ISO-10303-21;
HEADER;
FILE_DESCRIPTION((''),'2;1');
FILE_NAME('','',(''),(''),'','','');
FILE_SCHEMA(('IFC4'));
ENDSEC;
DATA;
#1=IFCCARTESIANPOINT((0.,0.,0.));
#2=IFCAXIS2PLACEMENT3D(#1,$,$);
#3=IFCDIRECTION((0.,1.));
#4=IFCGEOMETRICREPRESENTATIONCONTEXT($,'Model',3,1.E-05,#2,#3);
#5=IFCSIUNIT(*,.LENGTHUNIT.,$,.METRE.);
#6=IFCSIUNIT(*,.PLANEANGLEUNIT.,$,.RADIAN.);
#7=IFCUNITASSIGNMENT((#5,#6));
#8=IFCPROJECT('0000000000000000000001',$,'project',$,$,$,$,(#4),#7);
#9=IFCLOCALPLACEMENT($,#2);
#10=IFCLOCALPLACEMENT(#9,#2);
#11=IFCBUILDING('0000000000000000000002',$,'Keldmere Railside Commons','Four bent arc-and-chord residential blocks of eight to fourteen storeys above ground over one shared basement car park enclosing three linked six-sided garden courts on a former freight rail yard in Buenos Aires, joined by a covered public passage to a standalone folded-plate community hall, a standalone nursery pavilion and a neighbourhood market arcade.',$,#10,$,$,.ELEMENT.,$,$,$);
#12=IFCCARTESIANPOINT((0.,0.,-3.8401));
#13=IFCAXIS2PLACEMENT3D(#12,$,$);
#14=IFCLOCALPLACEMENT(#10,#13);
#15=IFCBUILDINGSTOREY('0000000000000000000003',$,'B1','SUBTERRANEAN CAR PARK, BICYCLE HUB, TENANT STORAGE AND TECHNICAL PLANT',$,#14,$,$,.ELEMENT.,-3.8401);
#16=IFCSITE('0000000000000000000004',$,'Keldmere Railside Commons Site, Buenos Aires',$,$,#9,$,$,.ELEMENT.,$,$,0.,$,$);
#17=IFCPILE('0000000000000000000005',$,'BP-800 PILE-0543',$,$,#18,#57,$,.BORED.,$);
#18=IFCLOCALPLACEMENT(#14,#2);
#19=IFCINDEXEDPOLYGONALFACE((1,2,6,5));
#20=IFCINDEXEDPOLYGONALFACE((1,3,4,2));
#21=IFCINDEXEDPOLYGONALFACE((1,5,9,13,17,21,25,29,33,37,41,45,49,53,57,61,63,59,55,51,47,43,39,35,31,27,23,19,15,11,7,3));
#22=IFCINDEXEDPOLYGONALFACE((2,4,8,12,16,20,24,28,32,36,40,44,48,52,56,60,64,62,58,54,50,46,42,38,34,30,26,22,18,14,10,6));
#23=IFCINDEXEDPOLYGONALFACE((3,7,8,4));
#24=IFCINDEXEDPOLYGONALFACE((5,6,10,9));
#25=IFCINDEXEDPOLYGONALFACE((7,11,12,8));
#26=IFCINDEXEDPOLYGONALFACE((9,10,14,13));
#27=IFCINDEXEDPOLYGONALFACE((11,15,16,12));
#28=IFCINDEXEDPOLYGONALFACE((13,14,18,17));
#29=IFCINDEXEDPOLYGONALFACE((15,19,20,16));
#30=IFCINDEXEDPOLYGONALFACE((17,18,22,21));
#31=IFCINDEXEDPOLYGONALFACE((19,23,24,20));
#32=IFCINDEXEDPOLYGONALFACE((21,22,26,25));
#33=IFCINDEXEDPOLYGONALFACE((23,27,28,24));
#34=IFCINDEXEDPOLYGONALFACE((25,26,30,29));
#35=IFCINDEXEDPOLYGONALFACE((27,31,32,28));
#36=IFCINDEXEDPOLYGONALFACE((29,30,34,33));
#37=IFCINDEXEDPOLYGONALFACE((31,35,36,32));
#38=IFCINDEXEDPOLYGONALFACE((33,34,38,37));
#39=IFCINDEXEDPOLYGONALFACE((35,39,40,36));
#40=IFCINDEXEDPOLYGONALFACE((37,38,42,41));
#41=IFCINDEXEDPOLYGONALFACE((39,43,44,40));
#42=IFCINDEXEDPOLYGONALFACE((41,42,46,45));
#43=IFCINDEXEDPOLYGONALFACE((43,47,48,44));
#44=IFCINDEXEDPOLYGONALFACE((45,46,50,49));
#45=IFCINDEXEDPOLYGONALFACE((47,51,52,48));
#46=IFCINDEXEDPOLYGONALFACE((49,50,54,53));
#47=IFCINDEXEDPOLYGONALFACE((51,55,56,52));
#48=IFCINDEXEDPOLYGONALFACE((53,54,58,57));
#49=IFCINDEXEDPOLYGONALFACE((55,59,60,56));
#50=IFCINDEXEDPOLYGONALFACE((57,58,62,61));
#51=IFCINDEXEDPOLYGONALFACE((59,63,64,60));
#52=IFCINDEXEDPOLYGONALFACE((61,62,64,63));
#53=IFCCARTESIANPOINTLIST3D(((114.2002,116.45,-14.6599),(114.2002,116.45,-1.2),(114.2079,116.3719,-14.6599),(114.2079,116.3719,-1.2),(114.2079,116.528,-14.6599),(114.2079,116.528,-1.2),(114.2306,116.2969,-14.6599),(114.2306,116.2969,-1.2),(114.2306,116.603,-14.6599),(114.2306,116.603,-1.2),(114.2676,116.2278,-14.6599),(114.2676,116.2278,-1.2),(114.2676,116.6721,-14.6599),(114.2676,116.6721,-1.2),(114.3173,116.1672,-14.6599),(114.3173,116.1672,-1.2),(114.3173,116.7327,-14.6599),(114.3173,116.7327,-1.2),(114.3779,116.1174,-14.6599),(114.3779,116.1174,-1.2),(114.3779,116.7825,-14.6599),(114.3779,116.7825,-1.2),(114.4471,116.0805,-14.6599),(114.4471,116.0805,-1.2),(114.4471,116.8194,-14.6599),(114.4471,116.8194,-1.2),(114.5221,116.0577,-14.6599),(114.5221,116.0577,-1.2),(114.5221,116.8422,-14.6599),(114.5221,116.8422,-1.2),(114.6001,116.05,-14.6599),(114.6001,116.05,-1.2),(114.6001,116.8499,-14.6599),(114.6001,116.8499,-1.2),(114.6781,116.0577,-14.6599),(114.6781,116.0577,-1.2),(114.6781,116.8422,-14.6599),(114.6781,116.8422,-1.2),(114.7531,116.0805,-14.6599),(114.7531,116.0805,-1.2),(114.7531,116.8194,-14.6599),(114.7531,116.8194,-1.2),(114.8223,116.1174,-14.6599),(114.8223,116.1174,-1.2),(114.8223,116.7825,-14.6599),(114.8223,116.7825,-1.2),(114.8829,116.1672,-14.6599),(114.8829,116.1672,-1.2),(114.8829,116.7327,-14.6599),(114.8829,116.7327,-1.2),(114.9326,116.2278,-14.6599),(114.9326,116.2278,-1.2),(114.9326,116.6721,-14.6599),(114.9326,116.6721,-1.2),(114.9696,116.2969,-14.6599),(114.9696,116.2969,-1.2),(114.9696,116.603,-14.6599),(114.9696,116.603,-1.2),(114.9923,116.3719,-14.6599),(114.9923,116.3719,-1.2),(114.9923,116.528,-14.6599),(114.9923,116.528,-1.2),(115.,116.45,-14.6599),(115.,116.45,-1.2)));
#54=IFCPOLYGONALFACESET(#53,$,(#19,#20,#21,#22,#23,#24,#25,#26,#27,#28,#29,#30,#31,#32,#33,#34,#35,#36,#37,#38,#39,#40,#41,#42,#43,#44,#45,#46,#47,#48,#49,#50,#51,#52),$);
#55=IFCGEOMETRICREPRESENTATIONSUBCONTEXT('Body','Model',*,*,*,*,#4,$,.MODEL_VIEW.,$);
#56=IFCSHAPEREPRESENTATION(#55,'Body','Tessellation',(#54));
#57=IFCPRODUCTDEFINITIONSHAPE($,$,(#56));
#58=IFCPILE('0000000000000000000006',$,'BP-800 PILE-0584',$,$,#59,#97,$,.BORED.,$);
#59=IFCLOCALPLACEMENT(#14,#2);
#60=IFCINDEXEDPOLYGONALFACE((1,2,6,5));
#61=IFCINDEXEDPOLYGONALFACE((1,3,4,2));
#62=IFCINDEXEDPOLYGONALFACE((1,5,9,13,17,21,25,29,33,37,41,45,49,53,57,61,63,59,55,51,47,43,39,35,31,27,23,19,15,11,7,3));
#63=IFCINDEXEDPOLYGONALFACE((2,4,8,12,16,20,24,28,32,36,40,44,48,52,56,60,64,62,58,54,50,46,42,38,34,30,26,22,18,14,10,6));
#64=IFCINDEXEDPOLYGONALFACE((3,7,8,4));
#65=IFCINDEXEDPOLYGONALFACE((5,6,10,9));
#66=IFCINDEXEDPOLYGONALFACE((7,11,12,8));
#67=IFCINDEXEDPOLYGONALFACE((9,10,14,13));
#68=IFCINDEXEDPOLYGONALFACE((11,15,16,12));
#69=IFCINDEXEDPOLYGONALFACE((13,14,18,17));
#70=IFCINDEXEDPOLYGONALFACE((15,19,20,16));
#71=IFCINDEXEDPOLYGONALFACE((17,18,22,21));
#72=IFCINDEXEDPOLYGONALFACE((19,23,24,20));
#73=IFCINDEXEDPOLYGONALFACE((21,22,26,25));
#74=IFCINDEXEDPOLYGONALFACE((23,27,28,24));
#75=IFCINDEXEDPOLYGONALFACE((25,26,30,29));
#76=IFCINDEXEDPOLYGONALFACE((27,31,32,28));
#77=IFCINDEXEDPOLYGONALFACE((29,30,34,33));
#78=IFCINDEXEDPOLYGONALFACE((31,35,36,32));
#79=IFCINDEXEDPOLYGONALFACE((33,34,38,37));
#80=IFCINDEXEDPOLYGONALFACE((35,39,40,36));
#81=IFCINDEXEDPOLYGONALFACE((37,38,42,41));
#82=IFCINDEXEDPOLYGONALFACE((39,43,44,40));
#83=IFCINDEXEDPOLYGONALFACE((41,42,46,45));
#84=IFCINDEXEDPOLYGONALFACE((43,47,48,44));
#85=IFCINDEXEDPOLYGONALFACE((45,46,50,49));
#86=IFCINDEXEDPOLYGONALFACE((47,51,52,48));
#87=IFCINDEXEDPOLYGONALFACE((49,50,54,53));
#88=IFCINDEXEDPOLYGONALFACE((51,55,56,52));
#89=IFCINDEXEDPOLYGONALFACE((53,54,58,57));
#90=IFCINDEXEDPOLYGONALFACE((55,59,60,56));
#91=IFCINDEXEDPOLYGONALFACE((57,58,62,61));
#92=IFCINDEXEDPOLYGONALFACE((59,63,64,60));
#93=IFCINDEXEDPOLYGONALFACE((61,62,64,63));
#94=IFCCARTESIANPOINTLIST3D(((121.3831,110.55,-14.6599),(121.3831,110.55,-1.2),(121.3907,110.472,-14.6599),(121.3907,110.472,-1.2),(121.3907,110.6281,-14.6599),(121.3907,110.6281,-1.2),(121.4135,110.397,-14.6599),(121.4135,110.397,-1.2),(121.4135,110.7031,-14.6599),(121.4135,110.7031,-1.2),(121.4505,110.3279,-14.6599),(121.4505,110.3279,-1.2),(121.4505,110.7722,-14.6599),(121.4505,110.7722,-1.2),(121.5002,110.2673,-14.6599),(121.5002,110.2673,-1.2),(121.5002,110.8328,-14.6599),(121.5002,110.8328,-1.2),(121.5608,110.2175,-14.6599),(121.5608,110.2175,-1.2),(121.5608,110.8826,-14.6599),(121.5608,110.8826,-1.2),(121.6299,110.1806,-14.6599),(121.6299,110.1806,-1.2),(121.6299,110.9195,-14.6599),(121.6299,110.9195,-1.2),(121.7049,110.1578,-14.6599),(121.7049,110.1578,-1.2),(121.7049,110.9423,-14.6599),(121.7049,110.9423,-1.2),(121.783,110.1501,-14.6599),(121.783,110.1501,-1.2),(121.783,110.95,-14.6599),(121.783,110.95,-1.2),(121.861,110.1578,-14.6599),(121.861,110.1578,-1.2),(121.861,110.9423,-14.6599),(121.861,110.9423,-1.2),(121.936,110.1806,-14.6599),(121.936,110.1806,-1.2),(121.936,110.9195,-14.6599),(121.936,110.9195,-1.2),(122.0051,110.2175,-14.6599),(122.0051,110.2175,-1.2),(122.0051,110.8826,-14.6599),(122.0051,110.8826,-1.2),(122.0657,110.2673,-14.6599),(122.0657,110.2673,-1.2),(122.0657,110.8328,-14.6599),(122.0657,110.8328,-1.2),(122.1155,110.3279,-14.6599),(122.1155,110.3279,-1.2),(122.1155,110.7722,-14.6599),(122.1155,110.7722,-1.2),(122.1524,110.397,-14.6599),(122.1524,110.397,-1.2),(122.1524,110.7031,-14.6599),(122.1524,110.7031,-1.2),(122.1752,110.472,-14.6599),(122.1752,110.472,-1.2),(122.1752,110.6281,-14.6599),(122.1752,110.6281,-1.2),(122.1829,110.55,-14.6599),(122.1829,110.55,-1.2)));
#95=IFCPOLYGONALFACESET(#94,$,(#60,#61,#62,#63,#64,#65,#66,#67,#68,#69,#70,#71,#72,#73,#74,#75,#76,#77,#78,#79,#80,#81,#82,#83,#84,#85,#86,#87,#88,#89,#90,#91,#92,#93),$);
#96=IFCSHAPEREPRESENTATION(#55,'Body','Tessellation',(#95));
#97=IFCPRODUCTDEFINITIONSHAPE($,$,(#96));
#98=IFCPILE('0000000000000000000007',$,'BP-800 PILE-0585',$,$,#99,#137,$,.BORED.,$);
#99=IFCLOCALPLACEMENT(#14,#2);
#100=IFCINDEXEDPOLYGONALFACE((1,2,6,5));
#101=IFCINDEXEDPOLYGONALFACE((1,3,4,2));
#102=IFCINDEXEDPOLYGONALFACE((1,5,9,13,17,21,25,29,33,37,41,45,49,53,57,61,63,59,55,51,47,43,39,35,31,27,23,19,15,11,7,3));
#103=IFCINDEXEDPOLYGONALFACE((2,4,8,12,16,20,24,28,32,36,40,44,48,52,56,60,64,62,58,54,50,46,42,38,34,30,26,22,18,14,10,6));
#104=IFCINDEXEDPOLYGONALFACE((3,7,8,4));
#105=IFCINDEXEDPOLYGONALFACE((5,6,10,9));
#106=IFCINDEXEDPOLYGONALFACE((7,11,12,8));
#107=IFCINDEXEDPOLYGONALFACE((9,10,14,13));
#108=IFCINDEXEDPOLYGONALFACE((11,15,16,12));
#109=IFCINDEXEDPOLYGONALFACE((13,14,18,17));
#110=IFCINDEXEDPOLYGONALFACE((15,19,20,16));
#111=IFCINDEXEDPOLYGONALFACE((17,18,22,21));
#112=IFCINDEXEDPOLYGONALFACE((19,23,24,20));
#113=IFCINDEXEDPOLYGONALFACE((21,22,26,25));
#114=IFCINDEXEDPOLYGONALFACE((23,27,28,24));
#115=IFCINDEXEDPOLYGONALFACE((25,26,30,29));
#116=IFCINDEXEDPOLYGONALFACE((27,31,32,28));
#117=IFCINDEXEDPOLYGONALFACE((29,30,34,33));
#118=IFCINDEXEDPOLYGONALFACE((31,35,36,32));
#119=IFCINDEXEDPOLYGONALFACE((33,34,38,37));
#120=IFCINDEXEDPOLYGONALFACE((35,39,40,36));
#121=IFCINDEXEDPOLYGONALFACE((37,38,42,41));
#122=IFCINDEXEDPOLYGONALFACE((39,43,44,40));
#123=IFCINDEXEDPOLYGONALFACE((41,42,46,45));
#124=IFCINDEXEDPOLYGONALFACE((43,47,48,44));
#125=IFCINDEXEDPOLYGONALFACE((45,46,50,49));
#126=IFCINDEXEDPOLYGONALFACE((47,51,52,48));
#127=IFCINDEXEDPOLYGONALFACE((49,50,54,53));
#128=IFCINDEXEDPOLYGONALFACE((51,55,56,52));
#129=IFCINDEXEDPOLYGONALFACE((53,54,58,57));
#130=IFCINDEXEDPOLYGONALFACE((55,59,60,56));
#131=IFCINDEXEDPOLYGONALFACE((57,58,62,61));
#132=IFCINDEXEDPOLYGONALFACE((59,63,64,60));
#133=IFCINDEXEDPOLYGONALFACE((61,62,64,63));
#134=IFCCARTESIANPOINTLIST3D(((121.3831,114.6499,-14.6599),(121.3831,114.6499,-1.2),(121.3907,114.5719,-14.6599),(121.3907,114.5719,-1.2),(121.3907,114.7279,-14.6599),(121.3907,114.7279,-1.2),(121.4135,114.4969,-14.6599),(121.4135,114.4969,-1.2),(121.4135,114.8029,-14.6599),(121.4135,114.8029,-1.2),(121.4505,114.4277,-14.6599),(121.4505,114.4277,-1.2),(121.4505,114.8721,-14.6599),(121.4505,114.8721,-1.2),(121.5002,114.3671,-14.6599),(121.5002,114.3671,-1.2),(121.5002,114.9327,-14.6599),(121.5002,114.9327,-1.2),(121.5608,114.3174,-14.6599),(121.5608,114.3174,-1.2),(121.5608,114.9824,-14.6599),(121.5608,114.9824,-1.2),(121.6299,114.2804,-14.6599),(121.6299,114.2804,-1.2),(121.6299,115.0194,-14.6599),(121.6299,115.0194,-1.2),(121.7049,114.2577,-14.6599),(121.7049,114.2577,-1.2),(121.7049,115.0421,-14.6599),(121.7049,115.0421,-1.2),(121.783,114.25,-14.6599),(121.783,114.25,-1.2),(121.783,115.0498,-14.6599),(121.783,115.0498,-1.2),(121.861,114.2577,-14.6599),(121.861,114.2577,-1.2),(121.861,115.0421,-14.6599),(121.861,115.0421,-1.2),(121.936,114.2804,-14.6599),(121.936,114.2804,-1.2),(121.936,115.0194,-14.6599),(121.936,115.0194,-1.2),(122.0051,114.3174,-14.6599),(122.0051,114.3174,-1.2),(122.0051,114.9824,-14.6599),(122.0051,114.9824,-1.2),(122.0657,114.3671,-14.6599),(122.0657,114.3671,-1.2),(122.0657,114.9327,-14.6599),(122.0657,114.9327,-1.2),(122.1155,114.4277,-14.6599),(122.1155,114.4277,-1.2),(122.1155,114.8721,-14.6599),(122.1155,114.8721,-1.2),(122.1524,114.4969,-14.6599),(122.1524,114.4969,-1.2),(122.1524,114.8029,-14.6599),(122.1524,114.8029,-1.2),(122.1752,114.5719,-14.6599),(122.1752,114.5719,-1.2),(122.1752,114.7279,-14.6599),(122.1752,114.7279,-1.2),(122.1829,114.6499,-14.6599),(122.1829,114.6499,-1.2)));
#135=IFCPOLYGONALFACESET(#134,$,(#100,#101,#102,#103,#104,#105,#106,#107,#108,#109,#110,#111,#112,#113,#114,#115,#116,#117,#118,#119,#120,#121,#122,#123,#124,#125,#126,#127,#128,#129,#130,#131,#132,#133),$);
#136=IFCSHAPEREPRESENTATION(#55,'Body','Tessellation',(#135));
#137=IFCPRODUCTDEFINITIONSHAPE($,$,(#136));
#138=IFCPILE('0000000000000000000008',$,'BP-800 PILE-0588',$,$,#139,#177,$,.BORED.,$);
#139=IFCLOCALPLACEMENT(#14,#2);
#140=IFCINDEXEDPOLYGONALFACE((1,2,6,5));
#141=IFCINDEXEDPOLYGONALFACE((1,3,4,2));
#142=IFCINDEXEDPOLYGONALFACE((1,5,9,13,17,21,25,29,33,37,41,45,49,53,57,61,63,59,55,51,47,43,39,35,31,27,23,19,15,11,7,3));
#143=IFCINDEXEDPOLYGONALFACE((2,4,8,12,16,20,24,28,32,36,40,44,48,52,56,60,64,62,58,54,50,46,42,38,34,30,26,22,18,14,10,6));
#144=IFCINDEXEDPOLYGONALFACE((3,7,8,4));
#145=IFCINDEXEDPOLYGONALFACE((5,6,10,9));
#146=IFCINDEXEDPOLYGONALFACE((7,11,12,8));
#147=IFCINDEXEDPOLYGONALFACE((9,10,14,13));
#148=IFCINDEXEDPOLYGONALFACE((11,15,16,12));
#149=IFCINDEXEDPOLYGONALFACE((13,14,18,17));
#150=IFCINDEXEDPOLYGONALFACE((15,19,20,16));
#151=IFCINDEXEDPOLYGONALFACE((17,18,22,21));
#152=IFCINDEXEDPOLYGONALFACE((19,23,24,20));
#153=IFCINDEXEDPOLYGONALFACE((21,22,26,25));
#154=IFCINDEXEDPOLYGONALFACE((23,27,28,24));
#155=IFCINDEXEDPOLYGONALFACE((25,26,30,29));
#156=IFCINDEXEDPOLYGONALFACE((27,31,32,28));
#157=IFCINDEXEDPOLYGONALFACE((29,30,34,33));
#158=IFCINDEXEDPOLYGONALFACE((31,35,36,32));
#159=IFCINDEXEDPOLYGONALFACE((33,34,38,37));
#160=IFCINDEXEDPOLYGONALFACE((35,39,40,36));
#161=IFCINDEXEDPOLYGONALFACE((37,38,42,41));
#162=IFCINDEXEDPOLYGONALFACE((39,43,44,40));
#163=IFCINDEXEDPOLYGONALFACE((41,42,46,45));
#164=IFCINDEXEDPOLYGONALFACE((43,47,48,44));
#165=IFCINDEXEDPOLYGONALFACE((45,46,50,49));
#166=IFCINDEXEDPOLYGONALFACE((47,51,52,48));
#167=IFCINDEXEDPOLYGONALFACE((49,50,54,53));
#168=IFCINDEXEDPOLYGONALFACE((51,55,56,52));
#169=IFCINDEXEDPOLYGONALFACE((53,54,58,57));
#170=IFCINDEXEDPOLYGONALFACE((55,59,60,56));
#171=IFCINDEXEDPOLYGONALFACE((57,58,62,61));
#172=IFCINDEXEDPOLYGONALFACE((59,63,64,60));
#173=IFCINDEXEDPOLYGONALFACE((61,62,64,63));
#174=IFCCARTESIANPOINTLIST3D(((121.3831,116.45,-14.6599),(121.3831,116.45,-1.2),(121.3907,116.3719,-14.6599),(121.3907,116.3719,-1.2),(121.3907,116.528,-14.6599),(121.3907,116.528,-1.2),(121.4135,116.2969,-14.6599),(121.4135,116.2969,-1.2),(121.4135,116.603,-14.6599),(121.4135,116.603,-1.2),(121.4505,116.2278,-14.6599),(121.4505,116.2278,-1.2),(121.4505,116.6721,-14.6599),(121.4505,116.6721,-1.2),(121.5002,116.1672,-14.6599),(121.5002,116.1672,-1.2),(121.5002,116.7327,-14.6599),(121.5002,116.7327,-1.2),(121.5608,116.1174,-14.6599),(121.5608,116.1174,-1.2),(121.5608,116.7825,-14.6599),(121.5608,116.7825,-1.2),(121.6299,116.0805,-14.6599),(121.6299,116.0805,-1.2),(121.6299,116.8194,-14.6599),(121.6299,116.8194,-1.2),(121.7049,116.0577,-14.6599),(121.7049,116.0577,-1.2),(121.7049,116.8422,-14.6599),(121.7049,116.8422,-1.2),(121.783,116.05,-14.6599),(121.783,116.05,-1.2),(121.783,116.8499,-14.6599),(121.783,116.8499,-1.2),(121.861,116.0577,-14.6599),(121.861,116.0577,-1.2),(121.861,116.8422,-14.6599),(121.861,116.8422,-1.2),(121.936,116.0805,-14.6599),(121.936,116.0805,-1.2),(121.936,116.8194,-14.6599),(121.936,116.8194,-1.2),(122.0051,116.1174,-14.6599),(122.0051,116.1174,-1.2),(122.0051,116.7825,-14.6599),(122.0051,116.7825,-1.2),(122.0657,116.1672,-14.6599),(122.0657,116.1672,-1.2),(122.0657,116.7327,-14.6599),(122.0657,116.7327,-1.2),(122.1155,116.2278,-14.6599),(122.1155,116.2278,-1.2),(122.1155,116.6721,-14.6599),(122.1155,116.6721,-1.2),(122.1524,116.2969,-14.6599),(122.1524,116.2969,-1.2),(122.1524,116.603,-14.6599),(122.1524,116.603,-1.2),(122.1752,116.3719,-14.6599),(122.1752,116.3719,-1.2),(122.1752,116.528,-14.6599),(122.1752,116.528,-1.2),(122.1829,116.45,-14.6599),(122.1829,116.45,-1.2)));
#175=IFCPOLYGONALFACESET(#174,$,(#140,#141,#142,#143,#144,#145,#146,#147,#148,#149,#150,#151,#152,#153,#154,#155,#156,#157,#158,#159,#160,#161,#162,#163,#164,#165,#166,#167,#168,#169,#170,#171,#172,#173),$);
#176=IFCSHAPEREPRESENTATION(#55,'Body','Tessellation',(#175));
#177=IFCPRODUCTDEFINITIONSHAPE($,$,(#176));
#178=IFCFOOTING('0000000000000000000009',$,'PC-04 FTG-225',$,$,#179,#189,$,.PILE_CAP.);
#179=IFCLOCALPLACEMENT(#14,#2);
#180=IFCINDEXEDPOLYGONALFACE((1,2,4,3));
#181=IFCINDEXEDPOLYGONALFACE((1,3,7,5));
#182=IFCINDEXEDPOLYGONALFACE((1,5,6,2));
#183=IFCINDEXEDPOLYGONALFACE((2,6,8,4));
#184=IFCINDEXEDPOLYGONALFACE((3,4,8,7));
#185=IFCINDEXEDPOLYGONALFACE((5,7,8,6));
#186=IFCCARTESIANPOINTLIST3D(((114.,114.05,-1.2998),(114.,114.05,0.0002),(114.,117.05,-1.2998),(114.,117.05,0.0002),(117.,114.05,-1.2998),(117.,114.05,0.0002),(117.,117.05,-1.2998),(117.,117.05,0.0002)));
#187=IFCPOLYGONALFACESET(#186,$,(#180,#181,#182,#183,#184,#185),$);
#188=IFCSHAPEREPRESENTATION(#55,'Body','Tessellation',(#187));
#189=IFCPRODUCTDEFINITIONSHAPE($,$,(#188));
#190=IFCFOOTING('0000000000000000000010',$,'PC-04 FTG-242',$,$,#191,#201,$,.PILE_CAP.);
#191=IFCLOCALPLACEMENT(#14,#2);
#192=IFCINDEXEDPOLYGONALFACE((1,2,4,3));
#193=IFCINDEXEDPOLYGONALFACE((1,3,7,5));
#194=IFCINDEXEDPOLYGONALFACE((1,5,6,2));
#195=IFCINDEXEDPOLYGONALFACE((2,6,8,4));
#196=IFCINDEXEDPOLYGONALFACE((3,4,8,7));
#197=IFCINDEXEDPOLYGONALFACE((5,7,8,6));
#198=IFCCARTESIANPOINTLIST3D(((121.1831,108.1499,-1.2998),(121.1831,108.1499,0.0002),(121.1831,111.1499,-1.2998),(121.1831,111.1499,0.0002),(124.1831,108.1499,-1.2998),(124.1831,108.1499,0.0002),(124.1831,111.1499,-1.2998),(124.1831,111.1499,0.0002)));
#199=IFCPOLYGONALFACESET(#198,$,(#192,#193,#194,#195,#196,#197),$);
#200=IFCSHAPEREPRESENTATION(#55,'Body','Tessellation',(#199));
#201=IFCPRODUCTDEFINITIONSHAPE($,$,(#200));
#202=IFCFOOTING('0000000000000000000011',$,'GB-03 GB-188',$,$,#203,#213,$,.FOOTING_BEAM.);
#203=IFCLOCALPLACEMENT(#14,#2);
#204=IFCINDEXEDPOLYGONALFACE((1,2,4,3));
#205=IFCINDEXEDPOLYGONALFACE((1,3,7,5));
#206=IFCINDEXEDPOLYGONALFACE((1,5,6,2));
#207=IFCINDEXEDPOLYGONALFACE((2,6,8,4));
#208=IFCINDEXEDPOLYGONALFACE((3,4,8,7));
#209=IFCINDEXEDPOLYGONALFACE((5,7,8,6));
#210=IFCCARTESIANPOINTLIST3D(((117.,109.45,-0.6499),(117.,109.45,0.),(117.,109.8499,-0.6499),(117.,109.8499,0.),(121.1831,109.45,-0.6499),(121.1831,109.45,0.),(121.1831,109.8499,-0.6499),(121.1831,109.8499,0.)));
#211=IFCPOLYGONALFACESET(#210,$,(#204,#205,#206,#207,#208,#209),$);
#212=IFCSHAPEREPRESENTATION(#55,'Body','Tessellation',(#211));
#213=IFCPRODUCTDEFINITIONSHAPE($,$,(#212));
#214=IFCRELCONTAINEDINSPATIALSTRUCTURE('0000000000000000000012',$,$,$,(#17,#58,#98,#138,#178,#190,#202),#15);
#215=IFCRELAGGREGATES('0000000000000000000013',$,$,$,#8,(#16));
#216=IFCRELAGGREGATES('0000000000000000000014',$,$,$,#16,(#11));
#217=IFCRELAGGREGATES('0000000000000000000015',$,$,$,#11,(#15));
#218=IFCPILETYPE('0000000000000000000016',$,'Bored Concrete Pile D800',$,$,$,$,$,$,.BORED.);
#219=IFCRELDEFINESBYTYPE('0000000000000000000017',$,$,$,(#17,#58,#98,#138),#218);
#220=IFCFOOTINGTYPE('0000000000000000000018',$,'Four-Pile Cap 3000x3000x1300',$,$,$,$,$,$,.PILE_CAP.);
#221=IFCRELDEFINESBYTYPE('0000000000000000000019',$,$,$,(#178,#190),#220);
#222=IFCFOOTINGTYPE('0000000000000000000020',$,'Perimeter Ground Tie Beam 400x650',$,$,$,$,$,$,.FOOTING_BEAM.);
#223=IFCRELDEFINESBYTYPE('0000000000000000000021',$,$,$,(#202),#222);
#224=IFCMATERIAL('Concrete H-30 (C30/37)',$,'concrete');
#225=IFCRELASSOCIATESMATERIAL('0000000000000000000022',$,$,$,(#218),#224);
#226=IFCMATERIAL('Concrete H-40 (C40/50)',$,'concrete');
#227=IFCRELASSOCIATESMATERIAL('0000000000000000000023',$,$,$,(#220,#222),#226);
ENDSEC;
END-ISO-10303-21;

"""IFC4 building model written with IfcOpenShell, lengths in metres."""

from ifc_helpers import new_model, si_unit, direction, frame, origin, origin_2d, place, context, subcontext, project, spatial, rectangle, circle, extrude, material, material_profile, profile_set, type_object, element, save


model = new_model("IFC4")

# Units and contexts
model_context = context("Model", 3, precision=1e-05, world=origin(), true_north=direction((0.0, 1.0)))
body_context = subcontext(model_context, "Body", "Model", "MODEL_VIEW")
ifc_project = project(units=[si_unit("LENGTHUNIT", "METRE"), si_unit("PLANEANGLEUNIT", "RADIAN")], contexts=[model_context])

# Site, building, storey
site_placement = place(None, origin())
site = spatial("IfcSite", under=ifc_project, at=site_placement, Name="Keldmere Railside Commons Site, Buenos Aires", CompositionType="ELEMENT", RefElevation=0.0)
building_placement = place(site_placement, origin())
building = spatial("IfcBuilding", under=site, at=building_placement, Name="Keldmere Railside Commons", Description="Four bent arc-and-chord residential blocks of eight to fourteen storeys above ground over one shared basement car park enclosing three linked six-sided garden courts on a former freight rail yard in Buenos Aires, joined by a covered public passage to a standalone folded-plate community hall, a standalone nursery pavilion and a neighbourhood market arcade.", CompositionType="ELEMENT")
storey_placement = place(building_placement, frame((0.0, 0.0, -3.8401)))
storey = spatial("IfcBuildingStorey", under=building, at=storey_placement, Name="B1", Description="SUBTERRANEAN CAR PARK, BICYCLE HUB, TENANT STORAGE AND TECHNICAL PLANT", CompositionType="ELEMENT", Elevation=-3.8401)

# Piles
ifc_material_1 = material(Name="Concrete H-30 (C30/37)", Category="concrete")
ifc_material_profile_1 = material_profile(ifc_material_1, circle(Radius=0.3999, at=origin_2d()), Name="PILE-D800")
ifc_profile_set_1 = profile_set([ifc_material_profile_1], Name="Concrete H-30 (C30/37)")
pile_type = type_object("IfcPileType", Name="Bored Concrete Pile D800", PredefinedType="BORED", material=ifc_profile_set_1)
for number, where, z_axis, x_axis, name in (
    (1, (114.6001, 116.45, -1.2), (0.0, 0.0, -1.0), (1.0, 0.0, 0.0), "BP-800 PILE-0543"),
    (2, (121.783, 110.55, -1.2), (0.0, 0.0, -1.0), (1.0, 0.0, 0.0), "BP-800 PILE-0584"),
    (3, (121.783, 114.6499, -1.2), (0.0, 0.0, -1.0), (1.0, 0.0, 0.0), "BP-800 PILE-0585"),
    (4, (121.783, 116.45, -1.2), (0.0, 0.0, -1.0), (1.0, 0.0, 0.0), "BP-800 PILE-0588"),
):
    element("IfcPile", number, at=place(storey_placement, frame(where, z_axis=z_axis, x_axis=x_axis)), inside=storey, type_object=pile_type, Name=name, PredefinedType="BORED", context=body_context, shape_type="SweptSolid", body=[
        extrude(circle(Radius=0.3999, at=origin_2d()), origin(), (0.0, 0.0, 1.0), 13.46),
    ])

# Footings
ifc_material_2 = material(Name="Concrete H-40 (C40/50)", Category="concrete")
footing_type_1 = type_object("IfcFootingType", Name="Four-Pile Cap 3000x3000x1300", PredefinedType="PILE_CAP", material=ifc_material_2)
for number, where, z_axis, x_axis, name in (
    (5, (115.5, 115.55, -1.2998), (0.0, 0.0, 1.0), (1.0, 0.0, 0.0), "PC-04 FTG-225"),
    (6, (122.6831, 109.6499, -1.2998), (0.0, 0.0, 1.0), (1.0, 0.0, 0.0), "PC-04 FTG-242"),
):
    element("IfcFooting", number, at=place(storey_placement, frame(where, z_axis=z_axis, x_axis=x_axis)), inside=storey, type_object=footing_type_1, Name=name, PredefinedType="PILE_CAP", context=body_context, shape_type="SweptSolid", body=[
        extrude(rectangle(XDim=3.0, YDim=3.0, at=origin_2d()), origin(), (0.0, 0.0, 1.0), 1.3),
    ])
footing_type_2 = type_object("IfcFootingType", Name="Perimeter Ground Tie Beam 400x650", PredefinedType="FOOTING_BEAM", material=ifc_material_2)
footing_1_placement = place(storey_placement, frame((119.0916, 109.6499, -0.6499), z_axis=(0.0, 0.0, 1.0), x_axis=(1.0, 0.0, 0.0)))
element("IfcFooting", 7, at=footing_1_placement, inside=storey, type_object=footing_type_2, Name="GB-03 GB-188", PredefinedType="FOOTING_BEAM", context=body_context, shape_type="SweptSolid", body=[
    extrude(rectangle(XDim=4.1831, YDim=0.3999, at=origin_2d()), origin(), (0.0, 0.0, 1.0), 0.6499),
])

save(model, "model.ifc")
